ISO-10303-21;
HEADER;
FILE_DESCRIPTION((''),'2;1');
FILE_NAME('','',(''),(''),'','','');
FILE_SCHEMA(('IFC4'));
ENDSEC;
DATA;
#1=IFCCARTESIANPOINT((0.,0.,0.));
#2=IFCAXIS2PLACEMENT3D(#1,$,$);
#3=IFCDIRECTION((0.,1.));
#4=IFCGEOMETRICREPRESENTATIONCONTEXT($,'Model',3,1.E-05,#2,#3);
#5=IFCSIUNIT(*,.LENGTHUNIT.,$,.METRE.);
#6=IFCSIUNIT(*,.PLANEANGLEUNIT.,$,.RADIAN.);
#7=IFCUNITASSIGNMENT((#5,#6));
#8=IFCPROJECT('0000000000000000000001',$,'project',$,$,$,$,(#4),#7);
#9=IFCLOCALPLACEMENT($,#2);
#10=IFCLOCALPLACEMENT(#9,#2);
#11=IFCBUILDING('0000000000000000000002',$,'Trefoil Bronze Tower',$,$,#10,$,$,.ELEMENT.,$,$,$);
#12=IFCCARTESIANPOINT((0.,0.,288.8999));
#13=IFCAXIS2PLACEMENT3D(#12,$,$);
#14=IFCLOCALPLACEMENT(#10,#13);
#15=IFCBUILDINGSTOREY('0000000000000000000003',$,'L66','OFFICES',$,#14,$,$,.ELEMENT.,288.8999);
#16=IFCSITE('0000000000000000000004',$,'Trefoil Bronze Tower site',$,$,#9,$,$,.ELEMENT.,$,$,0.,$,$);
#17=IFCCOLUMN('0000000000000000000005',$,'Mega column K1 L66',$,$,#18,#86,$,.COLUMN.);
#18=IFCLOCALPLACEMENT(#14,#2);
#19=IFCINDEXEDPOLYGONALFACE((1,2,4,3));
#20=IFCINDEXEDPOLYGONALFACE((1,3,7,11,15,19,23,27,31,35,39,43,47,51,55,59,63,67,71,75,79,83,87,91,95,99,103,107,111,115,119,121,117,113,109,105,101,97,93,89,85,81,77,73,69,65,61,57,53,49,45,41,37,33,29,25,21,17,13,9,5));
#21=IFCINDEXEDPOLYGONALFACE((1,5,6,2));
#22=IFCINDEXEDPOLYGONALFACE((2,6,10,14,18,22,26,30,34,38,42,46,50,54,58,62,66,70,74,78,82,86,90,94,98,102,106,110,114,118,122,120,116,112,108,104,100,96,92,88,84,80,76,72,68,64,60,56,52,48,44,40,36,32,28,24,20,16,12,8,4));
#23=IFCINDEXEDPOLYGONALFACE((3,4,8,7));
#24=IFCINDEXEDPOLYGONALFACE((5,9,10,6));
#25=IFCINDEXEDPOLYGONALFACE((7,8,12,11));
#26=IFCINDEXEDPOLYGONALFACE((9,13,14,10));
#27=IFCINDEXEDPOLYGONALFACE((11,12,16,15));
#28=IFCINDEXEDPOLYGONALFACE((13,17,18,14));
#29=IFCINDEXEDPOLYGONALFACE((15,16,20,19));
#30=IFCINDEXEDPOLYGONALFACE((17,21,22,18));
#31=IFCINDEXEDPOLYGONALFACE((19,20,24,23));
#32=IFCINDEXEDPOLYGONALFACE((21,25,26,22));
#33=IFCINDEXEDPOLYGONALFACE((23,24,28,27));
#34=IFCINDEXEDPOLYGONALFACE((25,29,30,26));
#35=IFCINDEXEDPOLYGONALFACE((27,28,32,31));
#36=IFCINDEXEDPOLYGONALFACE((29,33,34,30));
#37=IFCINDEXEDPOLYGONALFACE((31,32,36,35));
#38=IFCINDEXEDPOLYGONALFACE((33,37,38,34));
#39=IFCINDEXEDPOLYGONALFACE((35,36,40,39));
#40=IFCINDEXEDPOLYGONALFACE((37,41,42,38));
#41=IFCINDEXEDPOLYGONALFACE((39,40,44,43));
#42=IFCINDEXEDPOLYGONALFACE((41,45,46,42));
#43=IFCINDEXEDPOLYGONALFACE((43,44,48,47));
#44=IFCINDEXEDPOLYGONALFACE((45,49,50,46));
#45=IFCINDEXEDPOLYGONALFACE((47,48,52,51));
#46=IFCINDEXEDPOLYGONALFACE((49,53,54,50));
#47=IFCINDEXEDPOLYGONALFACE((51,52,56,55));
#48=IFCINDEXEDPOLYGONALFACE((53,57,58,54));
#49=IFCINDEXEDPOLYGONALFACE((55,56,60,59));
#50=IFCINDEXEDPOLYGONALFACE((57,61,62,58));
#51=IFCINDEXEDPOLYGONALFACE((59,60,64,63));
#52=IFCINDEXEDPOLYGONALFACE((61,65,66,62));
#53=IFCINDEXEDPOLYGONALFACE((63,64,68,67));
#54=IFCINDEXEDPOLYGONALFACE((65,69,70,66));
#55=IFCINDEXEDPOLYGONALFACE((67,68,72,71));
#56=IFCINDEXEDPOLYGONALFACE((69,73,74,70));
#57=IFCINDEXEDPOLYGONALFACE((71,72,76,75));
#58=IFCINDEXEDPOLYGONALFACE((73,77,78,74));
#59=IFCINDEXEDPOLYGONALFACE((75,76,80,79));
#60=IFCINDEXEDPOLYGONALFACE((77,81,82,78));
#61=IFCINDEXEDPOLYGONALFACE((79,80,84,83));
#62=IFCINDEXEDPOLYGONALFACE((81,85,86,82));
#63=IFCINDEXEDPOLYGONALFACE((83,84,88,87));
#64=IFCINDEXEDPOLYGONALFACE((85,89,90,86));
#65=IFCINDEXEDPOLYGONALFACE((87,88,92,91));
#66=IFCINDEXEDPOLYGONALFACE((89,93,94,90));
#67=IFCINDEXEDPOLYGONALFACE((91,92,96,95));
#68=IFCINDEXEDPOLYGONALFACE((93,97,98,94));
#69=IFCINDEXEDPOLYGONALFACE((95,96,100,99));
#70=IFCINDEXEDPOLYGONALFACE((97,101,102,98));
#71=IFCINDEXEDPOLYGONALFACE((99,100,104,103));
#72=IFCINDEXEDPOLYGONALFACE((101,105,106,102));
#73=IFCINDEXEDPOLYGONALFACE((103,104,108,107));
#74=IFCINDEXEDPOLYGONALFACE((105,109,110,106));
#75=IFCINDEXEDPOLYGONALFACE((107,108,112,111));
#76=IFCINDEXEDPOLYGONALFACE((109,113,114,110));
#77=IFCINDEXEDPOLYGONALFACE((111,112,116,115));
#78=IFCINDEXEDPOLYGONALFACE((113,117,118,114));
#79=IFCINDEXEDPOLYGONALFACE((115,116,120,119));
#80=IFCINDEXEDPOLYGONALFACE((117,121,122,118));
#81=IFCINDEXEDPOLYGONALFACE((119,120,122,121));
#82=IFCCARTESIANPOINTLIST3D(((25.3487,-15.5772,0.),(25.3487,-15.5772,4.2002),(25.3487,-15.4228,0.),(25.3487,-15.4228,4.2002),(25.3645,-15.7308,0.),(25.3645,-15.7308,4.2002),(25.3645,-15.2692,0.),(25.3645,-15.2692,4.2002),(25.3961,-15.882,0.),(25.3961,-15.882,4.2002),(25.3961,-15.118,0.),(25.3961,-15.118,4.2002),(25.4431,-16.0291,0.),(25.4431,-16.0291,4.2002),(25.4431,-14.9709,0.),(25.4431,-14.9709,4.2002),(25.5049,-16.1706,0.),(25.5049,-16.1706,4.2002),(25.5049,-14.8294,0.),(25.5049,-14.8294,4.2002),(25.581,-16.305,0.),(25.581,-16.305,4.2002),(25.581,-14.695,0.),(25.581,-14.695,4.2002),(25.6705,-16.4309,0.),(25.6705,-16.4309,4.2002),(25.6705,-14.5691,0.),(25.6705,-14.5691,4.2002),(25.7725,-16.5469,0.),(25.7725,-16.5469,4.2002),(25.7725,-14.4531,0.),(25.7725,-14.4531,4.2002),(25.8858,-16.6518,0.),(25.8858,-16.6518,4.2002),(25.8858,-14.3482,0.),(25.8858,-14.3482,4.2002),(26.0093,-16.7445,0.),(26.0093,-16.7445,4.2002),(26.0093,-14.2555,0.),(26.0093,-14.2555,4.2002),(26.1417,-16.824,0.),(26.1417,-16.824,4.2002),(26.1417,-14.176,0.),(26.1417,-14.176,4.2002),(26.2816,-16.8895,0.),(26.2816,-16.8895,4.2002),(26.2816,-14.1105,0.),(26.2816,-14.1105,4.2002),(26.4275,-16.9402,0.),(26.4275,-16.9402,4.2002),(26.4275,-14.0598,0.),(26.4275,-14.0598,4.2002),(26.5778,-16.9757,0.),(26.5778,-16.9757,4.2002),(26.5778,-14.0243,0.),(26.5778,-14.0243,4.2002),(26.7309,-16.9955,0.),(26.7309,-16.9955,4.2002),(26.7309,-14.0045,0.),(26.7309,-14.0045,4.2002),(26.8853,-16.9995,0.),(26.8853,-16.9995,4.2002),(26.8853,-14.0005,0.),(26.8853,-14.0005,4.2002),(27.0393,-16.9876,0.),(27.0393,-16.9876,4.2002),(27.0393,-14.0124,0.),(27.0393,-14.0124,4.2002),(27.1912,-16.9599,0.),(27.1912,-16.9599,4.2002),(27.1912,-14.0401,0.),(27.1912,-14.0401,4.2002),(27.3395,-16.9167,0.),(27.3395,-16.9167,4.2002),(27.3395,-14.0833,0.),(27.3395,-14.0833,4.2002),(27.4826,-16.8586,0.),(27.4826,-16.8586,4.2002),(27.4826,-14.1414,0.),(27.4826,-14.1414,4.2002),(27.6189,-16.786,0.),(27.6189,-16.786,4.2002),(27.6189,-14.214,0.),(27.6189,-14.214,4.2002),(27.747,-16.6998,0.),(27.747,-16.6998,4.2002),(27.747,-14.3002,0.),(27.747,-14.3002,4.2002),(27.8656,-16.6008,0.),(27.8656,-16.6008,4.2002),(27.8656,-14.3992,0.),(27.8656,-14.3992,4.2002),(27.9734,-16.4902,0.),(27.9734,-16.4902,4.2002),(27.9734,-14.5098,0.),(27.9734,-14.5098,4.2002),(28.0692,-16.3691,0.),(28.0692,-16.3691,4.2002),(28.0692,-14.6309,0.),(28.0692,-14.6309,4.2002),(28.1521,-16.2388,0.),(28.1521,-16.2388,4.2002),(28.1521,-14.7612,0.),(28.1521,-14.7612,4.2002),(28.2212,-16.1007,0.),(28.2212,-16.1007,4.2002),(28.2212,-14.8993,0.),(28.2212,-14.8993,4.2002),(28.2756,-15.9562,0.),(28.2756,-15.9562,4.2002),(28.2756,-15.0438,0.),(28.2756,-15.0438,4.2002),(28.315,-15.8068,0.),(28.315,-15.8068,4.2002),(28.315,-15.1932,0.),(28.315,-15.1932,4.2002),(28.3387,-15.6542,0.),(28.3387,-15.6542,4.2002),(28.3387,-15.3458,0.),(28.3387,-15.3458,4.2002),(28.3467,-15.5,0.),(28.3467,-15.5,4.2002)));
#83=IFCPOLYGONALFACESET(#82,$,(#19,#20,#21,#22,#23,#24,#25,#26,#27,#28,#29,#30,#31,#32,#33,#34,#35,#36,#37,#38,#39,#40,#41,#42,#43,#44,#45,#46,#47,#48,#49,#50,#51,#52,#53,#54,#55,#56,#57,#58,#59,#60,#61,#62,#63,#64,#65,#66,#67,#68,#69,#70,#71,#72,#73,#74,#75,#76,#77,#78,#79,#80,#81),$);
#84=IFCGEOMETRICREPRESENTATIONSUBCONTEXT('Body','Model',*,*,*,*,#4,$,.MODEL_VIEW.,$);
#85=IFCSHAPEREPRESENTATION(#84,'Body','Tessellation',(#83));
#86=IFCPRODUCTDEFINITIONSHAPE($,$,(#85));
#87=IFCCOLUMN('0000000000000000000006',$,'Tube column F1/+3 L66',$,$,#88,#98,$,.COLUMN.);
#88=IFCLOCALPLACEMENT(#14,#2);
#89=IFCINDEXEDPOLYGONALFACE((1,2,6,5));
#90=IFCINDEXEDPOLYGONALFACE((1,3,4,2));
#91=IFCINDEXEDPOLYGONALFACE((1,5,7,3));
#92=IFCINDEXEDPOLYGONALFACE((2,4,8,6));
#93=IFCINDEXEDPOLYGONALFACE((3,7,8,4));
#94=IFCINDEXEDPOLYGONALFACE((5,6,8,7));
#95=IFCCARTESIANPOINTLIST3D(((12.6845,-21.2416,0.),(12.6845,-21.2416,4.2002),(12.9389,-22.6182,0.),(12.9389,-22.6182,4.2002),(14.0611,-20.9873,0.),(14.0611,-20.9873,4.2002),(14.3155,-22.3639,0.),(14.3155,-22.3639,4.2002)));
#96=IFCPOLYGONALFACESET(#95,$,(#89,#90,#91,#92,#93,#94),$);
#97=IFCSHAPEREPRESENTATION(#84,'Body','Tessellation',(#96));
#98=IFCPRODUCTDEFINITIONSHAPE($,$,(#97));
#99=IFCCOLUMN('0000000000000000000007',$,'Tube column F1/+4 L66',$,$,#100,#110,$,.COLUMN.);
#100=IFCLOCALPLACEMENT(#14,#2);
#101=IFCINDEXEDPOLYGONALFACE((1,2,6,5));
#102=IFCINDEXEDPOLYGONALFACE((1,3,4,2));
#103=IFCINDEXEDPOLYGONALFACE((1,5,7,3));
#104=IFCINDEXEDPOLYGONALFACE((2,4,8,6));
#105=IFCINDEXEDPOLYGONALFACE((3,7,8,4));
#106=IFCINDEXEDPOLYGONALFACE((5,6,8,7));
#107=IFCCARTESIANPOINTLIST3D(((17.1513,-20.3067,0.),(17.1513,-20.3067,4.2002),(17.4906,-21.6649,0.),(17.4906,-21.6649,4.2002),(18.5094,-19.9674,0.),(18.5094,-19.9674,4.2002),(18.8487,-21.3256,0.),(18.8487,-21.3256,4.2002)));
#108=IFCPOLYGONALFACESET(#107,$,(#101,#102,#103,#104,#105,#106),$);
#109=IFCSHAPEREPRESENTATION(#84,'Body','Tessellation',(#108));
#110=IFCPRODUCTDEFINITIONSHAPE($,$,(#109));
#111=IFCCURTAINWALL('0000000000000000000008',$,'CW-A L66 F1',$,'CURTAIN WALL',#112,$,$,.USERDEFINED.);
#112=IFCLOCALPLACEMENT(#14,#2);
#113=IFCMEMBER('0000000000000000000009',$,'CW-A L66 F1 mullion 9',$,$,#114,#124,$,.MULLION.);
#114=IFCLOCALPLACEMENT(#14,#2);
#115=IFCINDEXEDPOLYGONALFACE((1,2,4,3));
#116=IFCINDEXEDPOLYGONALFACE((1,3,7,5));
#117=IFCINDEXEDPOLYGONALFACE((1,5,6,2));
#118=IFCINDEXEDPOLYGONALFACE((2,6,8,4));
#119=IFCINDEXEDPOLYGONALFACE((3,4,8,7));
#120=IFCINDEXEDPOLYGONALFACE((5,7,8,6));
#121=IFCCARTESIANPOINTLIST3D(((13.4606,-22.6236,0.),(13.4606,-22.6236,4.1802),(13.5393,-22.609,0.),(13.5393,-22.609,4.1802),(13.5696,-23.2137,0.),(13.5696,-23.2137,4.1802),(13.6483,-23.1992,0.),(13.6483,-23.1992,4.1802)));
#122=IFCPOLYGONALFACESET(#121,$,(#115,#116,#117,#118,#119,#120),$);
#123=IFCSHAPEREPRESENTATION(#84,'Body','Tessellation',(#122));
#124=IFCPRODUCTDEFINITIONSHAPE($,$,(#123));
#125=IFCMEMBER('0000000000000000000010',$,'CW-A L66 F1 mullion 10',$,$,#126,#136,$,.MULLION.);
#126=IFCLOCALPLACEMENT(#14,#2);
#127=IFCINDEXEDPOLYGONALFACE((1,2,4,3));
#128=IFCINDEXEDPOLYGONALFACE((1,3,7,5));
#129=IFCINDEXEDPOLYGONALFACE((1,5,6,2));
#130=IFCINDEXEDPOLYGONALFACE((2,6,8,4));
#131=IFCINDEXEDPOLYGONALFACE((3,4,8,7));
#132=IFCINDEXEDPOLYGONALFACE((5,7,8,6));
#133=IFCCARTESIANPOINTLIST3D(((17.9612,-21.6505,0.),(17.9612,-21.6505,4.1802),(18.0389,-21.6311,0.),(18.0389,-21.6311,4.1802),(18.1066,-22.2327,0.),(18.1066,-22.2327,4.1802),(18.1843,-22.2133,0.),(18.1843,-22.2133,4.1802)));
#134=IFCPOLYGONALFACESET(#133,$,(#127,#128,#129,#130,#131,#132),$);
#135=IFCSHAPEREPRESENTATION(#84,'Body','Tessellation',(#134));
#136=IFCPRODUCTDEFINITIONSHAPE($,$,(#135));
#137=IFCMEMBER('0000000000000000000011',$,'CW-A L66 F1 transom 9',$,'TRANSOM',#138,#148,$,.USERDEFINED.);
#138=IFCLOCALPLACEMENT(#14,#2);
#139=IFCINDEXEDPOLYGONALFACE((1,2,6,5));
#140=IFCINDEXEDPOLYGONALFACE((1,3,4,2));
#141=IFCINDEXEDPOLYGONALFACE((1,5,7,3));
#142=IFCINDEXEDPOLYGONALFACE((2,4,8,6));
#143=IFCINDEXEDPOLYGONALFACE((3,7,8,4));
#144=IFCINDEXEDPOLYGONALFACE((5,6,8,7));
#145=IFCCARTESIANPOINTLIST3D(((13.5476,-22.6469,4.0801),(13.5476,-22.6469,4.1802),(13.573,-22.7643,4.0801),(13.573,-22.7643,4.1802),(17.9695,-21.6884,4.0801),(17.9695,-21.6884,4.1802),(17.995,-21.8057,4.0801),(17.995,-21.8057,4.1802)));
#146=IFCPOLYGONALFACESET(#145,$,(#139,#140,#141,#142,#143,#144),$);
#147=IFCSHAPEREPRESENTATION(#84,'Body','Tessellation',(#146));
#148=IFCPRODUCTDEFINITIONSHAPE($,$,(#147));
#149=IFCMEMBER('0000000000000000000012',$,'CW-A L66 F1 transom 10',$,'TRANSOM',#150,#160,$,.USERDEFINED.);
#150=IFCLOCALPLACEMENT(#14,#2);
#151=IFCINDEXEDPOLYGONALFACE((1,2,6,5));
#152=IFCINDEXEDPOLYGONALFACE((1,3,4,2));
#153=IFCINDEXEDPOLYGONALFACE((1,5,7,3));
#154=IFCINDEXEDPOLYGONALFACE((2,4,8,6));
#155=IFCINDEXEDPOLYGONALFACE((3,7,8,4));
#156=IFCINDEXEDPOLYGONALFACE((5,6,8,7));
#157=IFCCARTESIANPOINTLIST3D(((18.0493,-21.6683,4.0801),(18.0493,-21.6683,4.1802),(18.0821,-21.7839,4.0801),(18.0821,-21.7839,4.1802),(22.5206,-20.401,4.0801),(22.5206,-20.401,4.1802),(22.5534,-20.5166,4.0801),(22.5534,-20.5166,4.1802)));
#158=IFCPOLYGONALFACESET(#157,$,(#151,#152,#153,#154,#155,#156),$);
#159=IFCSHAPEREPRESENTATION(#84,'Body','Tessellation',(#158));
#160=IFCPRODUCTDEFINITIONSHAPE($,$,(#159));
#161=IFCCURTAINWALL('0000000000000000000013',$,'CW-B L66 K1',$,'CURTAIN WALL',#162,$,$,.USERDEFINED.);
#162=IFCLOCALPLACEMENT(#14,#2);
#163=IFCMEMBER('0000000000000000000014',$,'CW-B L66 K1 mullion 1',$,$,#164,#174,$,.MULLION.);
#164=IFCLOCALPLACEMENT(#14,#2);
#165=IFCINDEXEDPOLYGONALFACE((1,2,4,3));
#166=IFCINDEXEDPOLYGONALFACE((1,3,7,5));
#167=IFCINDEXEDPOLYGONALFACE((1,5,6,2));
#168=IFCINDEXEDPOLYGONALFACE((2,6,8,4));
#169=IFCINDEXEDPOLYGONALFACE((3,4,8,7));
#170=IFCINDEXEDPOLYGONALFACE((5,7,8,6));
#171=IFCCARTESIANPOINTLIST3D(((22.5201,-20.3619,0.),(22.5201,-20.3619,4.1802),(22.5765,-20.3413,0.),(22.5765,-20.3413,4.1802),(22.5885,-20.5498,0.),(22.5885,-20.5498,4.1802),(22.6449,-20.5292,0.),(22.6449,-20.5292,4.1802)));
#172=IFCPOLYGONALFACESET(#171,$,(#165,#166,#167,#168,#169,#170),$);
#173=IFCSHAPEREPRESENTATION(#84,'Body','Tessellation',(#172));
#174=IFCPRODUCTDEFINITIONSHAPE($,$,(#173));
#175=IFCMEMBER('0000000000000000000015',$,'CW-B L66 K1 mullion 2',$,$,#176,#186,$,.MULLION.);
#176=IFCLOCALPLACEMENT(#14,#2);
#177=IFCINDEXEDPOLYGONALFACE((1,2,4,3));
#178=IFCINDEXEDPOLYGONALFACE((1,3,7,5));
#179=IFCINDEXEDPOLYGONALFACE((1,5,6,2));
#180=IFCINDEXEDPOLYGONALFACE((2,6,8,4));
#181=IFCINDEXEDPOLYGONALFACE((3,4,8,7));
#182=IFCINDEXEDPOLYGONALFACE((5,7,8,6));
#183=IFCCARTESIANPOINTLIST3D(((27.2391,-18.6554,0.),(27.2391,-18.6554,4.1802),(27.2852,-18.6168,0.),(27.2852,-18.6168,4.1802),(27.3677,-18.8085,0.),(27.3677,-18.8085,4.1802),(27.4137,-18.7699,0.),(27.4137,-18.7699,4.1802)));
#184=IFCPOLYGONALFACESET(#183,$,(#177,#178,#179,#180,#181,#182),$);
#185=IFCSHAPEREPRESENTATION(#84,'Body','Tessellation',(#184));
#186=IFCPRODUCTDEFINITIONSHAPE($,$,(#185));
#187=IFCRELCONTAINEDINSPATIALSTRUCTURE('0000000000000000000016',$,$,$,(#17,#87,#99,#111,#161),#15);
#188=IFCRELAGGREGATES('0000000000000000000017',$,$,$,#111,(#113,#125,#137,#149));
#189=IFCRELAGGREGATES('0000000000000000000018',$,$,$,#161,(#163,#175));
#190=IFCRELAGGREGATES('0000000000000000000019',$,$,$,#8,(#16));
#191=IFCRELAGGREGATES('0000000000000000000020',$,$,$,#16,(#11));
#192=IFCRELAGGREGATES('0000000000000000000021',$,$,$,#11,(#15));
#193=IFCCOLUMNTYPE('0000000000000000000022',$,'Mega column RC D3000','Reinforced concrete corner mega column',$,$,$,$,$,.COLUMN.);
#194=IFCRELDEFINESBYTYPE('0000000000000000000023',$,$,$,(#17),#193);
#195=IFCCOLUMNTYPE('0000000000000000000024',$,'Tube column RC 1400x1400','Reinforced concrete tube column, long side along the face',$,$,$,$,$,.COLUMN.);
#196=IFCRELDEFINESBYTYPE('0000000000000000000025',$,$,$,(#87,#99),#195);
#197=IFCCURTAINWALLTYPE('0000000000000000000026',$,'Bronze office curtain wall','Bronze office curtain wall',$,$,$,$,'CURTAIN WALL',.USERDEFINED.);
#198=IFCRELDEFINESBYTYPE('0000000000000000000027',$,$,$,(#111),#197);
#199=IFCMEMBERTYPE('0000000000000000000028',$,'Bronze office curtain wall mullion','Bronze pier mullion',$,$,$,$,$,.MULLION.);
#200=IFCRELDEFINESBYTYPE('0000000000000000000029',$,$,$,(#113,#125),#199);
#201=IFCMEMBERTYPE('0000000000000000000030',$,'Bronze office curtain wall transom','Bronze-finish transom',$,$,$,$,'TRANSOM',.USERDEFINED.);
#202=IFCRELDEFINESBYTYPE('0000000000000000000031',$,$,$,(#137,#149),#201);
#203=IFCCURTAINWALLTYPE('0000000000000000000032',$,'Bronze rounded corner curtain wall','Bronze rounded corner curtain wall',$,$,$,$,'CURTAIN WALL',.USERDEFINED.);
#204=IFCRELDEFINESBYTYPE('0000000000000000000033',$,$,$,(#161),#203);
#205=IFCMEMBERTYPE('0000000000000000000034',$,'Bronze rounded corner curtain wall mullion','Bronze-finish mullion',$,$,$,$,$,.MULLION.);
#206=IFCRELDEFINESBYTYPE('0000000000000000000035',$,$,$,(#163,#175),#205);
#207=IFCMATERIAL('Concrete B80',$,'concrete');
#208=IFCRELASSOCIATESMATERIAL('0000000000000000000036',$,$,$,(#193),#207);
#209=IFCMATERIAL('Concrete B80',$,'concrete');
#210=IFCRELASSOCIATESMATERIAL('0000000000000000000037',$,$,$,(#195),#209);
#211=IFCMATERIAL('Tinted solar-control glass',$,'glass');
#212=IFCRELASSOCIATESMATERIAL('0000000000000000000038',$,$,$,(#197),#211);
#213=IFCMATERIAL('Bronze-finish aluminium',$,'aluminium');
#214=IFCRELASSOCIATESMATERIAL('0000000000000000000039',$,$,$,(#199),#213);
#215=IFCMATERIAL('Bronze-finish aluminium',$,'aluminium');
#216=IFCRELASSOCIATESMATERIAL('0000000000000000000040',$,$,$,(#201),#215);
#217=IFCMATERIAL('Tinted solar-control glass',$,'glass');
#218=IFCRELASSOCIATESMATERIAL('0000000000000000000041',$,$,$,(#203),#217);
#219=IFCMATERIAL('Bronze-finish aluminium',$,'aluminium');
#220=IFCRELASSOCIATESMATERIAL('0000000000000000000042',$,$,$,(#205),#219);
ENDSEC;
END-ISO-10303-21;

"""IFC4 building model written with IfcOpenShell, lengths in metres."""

from ifc_helpers import new_model, si_unit, direction, frame, origin, origin_2d, place, context, subcontext, project, spatial, rectangle, circle, extrude, material, material_profile, profile_set, type_object, element, aggregate, save


model = new_model("IFC4")

# Units and contexts
model_context = context("Model", 3, precision=1e-05, world=origin(), true_north=direction((0.0, 1.0)))
body_context = subcontext(model_context, "Body", "Model", "MODEL_VIEW")
ifc_project = project(units=[si_unit("LENGTHUNIT", "METRE"), si_unit("PLANEANGLEUNIT", "RADIAN")], contexts=[model_context])

# Site, building, storey
site_placement = place(None, origin())
site = spatial("IfcSite", under=ifc_project, at=site_placement, Name="Trefoil Bronze Tower site", CompositionType="ELEMENT", RefElevation=0.0)
building_placement = place(site_placement, origin())
building = spatial("IfcBuilding", under=site, at=building_placement, Name="Trefoil Bronze Tower", CompositionType="ELEMENT")
storey_placement = place(building_placement, frame((0.0, 0.0, 288.8999)))
storey = spatial("IfcBuildingStorey", under=building, at=storey_placement, Name="L66", Description="OFFICES", CompositionType="ELEMENT", Elevation=288.8999)

# Columns
ifc_material_1 = material(Name="Concrete B80", Category="concrete")
ifc_material_profile_1 = material_profile(ifc_material_1, circle(Radius=1.5, at=origin_2d()), Name="RC D3000")
ifc_profile_set_1 = profile_set([ifc_material_profile_1], Name="Concrete B80")
column_type_1 = type_object("IfcColumnType", Name="Mega column RC D3000", Description="Reinforced concrete corner mega column", PredefinedType="COLUMN", material=ifc_profile_set_1)
column_placement = place(storey_placement, frame((26.8467, -15.5, 0.0), z_axis=(0.0, 0.0, 1.0), x_axis=(1.0, 0.0, 0.0)))
element("IfcColumn", 1, at=column_placement, inside=storey, type_object=column_type_1, Name="Mega column K1 L66", PredefinedType="COLUMN", context=body_context, shape_type="SweptSolid", body=[
    extrude(circle(Radius=1.5, at=origin_2d()), origin(), (0.0, 0.0, 1.0), 4.2002),
])
ifc_material_2 = material(Name="Concrete B80", Category="concrete")
ifc_material_profile_2 = material_profile(ifc_material_2, rectangle(XDim=1.3999, YDim=1.3999, at=origin_2d()), Name="RC 1400x1400")
ifc_profile_set_2 = profile_set([ifc_material_profile_2], Name="Concrete B80")
column_type_2 = type_object("IfcColumnType", Name="Tube column RC 1400x1400", Description="Reinforced concrete tube column, long side along the face", PredefinedType="COLUMN", material=ifc_profile_set_2)
for number, where, z_axis, x_axis, name in (
    (2, (13.5, -21.8027, 0.0), (0.0, 0.0, 1.0), (0.98336, 0.181667, 0.0), "Tube column F1/+3 L66"),
    (3, (18.0, -20.8162, 0.0), (0.0, 0.0, 1.0), (0.970178, 0.242394, 0.0), "Tube column F1/+4 L66"),
):
    element("IfcColumn", number, at=place(storey_placement, frame(where, z_axis=z_axis, x_axis=x_axis)), inside=storey, type_object=column_type_2, Name=name, PredefinedType="COLUMN", context=body_context, shape_type="SweptSolid", body=[
        extrude(rectangle(XDim=1.3999, YDim=1.3999, at=origin_2d()), origin(), (0.0, 0.0, 1.0), 4.2002),
    ])

# Curtain walls, members
ifc_material_3 = material(Name="Tinted solar-control glass", Category="glass")
curtain_wall_type_1 = type_object("IfcCurtainWallType", Name="Bronze office curtain wall", Description="Bronze office curtain wall", ElementType="CURTAIN WALL", PredefinedType="USERDEFINED", material=ifc_material_3)
curtain_wall_1_placement = place(storey_placement, origin())
curtain_wall_1 = element("IfcCurtainWall", 4, at=curtain_wall_1_placement, inside=storey, type_object=curtain_wall_type_1, Name="CW-A L66 F1", ObjectType="CURTAIN WALL", PredefinedType="USERDEFINED")
ifc_material_4 = material(Name="Bronze-finish aluminium", Category="aluminium")
ifc_material_profile_3 = material_profile(ifc_material_4, rectangle(XDim=0.6001, YDim=0.0801, at=origin_2d()), Name="CW-A mullion")
ifc_profile_set_3 = profile_set([ifc_material_profile_3], Name="Bronze-finish aluminium")
member_type_1 = type_object("IfcMemberType", Name="Bronze office curtain wall mullion", Description="Bronze pier mullion", PredefinedType="MULLION", material=ifc_profile_set_3)
member_1_placement = place(storey_placement, frame((13.5544, -22.9114, 0.0), z_axis=(0.0, 0.0, 1.0), x_axis=(-0.181667, 0.98336, 0.0)))
member_1 = element("IfcMember", 5, at=member_1_placement, type_object=member_type_1, Name="CW-A L66 F1 mullion 9", PredefinedType="MULLION", context=body_context, shape_type="SweptSolid", body=[
    extrude(rectangle(XDim=0.6001, YDim=0.0801, at=origin_2d()), origin(), (0.0, 0.0, 1.0), 4.1802),
])
member_2_placement = place(storey_placement, frame((18.0728, -21.9319, 0.0), z_axis=(0.0, 0.0, 1.0), x_axis=(-0.242394, 0.970178, 0.0)))
member_2 = element("IfcMember", 6, at=member_2_placement, type_object=member_type_1, Name="CW-A L66 F1 mullion 10", PredefinedType="MULLION", context=body_context, shape_type="SweptSolid", body=[
    extrude(rectangle(XDim=0.6001, YDim=0.0801, at=origin_2d()), origin(), (0.0, 0.0, 1.0), 4.1802),
])
ifc_material_5 = material(Name="Bronze-finish aluminium", Category="aluminium")
ifc_material_profile_4 = material_profile(ifc_material_5, rectangle(XDim=0.1201, YDim=0.1001, at=origin_2d()), Name="CW-A transom")
ifc_profile_set_4 = profile_set([ifc_material_profile_4], Name="Bronze-finish aluminium")
member_type_2 = type_object("IfcMemberType", Name="Bronze office curtain wall transom", Description="Bronze-finish transom", ElementType="TRANSOM", PredefinedType="USERDEFINED", material=ifc_profile_set_4)
member_3_placement = place(storey_placement, frame((13.5603, -22.7056, 4.1301), z_axis=(0.977304, 0.211843, 0.0), x_axis=(-0.211843, 0.977304, 0.0)))
member_3 = element("IfcMember", 7, at=member_3_placement, type_object=member_type_2, Name="CW-A L66 F1 transom 9", ObjectType="TRANSOM", PredefinedType="USERDEFINED", context=body_context, shape_type="SweptSolid", body=[
    extrude(rectangle(XDim=0.1201, YDim=0.1001, at=origin_2d()), origin(), (0.0, 0.0, 1.0), 4.5247),
])
member_4_placement = place(storey_placement, frame((18.0657, -21.7261, 4.1301), z_axis=(0.962103, 0.272688, 0.0), x_axis=(-0.272688, 0.962103, 0.0)))
member_4 = element("IfcMember", 8, at=member_4_placement, type_object=member_type_2, Name="CW-A L66 F1 transom 10", ObjectType="TRANSOM", PredefinedType="USERDEFINED", context=body_context, shape_type="SweptSolid", body=[
    extrude(rectangle(XDim=0.1201, YDim=0.1001, at=origin_2d()), origin(), (0.0, 0.0, 1.0), 4.6475),
])
ifc_material_6 = material(Name="Tinted solar-control glass", Category="glass")
curtain_wall_type_2 = type_object("IfcCurtainWallType", Name="Bronze rounded corner curtain wall", Description="Bronze rounded corner curtain wall", ElementType="CURTAIN WALL", PredefinedType="USERDEFINED", material=ifc_material_6)
curtain_wall_2_placement = place(storey_placement, origin())
curtain_wall_2 = element("IfcCurtainWall", 9, at=curtain_wall_2_placement, inside=storey, type_object=curtain_wall_type_2, Name="CW-B L66 K1", ObjectType="CURTAIN WALL", PredefinedType="USERDEFINED")
ifc_material_7 = material(Name="Bronze-finish aluminium", Category="aluminium")
ifc_material_profile_5 = material_profile(ifc_material_7, rectangle(XDim=0.2, YDim=0.0601, at=origin_2d()), Name="CW-B mullion")
ifc_profile_set_5 = profile_set([ifc_material_profile_5], Name="Bronze-finish aluminium")
member_type_3 = type_object("IfcMemberType", Name="Bronze rounded corner curtain wall mullion", Description="Bronze-finish mullion", PredefinedType="MULLION", material=ifc_profile_set_5)
member_5_placement = place(storey_placement, frame((22.5825, -20.4456, 0.0), z_axis=(0.0, 0.0, 1.0), x_axis=(-0.34202, 0.939693, 0.0)))
member_5 = element("IfcMember", 10, at=member_5_placement, type_object=member_type_3, Name="CW-B L66 K1 mullion 1", PredefinedType="MULLION", context=body_context, shape_type="SweptSolid", body=[
    extrude(rectangle(XDim=0.2, YDim=0.0601, at=origin_2d()), origin(), (0.0, 0.0, 1.0), 4.1802),
])
member_6_placement = place(storey_placement, frame((27.3264, -18.7126, 0.0), z_axis=(0.0, 0.0, 1.0), x_axis=(-0.642788, 0.766044, 0.0)))
member_6 = element("IfcMember", 11, at=member_6_placement, type_object=member_type_3, Name="CW-B L66 K1 mullion 2", PredefinedType="MULLION", context=body_context, shape_type="SweptSolid", body=[
    extrude(rectangle(XDim=0.2, YDim=0.0601, at=origin_2d()), origin(), (0.0, 0.0, 1.0), 4.1802),
])

aggregate(curtain_wall_1, [member_1, member_2, member_3, member_4])
aggregate(curtain_wall_2, [member_5, member_6])

save(model, "model.ifc")
